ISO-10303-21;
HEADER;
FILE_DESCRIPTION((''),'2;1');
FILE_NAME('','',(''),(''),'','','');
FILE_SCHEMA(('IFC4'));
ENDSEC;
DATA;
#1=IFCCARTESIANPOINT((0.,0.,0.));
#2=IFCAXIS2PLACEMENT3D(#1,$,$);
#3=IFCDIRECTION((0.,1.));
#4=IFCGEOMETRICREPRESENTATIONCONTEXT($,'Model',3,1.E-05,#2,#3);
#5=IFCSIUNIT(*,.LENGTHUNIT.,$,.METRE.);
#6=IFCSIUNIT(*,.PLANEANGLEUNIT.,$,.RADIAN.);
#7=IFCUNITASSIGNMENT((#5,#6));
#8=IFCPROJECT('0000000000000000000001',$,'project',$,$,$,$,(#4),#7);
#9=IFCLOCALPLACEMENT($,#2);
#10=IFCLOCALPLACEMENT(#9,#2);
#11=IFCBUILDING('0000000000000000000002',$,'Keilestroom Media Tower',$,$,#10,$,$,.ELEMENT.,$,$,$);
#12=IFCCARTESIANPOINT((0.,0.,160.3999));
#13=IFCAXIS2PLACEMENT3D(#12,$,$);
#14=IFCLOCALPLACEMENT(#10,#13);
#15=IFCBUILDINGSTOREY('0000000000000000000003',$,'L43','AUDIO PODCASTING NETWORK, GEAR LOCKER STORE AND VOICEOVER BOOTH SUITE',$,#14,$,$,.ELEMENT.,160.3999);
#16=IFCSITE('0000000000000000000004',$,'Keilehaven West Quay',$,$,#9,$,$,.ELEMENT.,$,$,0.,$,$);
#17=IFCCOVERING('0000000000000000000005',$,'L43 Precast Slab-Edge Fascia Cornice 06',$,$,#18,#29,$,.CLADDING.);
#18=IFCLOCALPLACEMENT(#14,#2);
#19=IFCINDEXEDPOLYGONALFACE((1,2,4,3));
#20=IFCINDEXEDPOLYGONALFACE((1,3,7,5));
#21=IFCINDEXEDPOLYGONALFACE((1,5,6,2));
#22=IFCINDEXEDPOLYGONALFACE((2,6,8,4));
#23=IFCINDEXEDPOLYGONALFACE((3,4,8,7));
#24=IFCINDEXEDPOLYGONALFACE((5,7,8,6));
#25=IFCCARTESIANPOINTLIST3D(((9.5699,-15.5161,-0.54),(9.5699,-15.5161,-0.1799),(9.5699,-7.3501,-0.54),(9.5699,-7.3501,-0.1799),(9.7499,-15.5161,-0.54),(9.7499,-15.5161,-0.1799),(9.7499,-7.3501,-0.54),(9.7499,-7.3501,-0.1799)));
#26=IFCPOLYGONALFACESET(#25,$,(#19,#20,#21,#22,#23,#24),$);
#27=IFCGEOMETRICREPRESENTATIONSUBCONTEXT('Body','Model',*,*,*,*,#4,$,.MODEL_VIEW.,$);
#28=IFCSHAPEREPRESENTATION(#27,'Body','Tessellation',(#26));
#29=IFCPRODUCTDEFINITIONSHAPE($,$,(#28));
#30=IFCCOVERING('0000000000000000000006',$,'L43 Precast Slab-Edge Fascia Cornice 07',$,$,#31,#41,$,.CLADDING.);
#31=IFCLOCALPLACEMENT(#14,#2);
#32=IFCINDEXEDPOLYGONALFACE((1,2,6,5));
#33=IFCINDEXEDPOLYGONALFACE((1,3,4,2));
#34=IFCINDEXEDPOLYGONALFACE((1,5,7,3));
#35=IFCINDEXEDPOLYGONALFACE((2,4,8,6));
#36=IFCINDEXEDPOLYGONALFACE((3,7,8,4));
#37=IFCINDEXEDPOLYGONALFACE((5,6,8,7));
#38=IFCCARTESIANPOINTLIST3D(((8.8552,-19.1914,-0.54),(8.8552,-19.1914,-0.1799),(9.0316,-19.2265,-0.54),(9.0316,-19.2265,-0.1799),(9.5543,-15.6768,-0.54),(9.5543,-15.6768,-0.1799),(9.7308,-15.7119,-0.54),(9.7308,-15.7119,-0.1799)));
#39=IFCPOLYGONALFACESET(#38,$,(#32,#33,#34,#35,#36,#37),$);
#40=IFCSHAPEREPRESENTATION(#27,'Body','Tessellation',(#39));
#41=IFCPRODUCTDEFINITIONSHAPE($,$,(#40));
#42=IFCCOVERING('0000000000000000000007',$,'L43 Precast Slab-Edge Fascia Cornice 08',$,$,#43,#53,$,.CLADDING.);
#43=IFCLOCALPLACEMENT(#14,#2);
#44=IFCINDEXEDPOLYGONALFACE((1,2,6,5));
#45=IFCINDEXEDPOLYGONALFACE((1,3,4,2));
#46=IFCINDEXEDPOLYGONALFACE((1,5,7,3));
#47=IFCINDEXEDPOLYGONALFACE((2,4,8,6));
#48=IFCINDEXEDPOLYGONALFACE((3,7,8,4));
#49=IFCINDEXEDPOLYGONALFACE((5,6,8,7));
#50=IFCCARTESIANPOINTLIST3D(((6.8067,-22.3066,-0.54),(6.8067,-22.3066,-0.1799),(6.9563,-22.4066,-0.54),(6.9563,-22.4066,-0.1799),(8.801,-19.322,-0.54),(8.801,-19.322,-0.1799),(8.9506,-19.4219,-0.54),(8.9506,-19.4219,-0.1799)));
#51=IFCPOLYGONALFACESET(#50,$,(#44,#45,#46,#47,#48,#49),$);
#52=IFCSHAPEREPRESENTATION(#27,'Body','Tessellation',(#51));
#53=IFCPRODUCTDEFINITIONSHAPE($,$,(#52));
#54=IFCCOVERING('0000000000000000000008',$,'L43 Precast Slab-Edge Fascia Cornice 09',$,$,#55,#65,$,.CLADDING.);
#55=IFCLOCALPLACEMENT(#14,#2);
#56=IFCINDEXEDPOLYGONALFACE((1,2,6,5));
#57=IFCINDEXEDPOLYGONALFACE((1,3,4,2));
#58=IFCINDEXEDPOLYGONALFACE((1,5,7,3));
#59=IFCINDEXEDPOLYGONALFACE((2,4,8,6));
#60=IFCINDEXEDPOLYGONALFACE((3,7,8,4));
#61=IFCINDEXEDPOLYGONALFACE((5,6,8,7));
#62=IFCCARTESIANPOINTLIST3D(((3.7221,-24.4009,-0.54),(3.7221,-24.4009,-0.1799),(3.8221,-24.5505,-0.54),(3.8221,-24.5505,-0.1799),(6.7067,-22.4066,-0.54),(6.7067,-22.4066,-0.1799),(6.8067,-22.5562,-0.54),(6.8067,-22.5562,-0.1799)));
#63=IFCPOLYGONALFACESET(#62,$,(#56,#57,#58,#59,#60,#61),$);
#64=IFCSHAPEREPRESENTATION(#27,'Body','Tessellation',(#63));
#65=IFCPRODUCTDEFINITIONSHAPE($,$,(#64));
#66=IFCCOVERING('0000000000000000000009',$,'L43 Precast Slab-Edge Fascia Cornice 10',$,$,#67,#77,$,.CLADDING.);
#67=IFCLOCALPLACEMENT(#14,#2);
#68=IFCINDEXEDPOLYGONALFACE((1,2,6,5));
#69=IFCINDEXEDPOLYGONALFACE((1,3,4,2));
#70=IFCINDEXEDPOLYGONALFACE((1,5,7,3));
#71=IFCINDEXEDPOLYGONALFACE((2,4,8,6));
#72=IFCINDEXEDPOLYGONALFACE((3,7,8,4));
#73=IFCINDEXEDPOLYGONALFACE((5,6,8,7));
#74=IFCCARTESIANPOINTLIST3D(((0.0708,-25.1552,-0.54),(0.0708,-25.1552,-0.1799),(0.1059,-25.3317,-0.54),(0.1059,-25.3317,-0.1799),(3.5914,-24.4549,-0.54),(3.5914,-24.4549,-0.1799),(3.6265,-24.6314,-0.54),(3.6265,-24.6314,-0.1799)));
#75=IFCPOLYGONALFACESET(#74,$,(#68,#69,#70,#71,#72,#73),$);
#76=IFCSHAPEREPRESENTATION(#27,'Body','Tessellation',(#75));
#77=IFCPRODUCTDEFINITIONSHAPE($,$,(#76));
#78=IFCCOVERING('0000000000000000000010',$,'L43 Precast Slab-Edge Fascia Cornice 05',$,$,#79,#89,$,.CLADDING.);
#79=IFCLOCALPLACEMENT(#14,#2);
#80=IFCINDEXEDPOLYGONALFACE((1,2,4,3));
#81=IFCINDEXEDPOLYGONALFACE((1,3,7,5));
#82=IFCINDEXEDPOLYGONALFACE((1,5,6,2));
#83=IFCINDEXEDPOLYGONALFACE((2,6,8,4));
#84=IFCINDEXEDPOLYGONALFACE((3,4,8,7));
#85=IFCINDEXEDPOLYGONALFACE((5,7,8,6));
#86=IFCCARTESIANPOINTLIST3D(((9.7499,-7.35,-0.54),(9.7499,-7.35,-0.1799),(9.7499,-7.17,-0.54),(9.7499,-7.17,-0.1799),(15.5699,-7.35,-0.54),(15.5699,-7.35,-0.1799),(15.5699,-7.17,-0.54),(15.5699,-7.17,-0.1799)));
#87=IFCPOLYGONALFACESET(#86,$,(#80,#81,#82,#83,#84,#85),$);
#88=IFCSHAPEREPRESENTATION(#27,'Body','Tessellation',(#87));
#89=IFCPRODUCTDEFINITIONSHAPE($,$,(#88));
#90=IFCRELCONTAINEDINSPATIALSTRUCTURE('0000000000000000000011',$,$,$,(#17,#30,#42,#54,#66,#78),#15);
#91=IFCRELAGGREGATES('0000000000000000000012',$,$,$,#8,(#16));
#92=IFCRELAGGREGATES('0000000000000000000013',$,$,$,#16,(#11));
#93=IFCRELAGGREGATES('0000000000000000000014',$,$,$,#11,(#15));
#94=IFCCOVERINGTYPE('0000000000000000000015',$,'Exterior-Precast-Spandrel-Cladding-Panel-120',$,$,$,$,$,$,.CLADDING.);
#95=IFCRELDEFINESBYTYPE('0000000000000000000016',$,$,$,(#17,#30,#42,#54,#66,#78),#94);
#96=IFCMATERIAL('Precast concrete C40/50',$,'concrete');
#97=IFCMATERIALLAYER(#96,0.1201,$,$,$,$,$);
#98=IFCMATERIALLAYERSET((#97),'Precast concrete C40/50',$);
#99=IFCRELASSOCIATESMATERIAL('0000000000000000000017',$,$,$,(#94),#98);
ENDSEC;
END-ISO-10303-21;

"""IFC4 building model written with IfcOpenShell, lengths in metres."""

from ifc_helpers import new_model, si_unit, direction, frame, origin, origin_2d, place, context, subcontext, project, spatial, rectangle, extrude, source, transform, mapped, material, layer, layer_set, type_object, element, save


model = new_model("IFC4")

# Units and contexts
model_context = context("Model", 3, precision=1e-05, world=origin(), true_north=direction((0.0, 1.0)))
body_context = subcontext(model_context, "Body", "Model", "MODEL_VIEW")
ifc_project = project(units=[si_unit("LENGTHUNIT", "METRE"), si_unit("PLANEANGLEUNIT", "RADIAN")], contexts=[model_context])

# Site, building, storey
site_placement = place(None, origin())
site = spatial("IfcSite", under=ifc_project, at=site_placement, Name="Keilehaven West Quay", CompositionType="ELEMENT", RefElevation=0.0)
building_placement = place(site_placement, origin())
building = spatial("IfcBuilding", under=site, at=building_placement, Name="Keilestroom Media Tower", CompositionType="ELEMENT")
storey_placement = place(building_placement, frame((0.0, 0.0, 160.3999)))
storey = spatial("IfcBuildingStorey", under=building, at=storey_placement, Name="L43", Description="AUDIO PODCASTING NETWORK, GEAR LOCKER STORE AND VOICEOVER BOOTH SUITE", CompositionType="ELEMENT", Elevation=160.3999)

# Shared definitions
ifc_material_1 = material(Name="Precast concrete C40/50", Category="concrete")

# Coverings
ifc_layer_1 = layer(ifc_material_1, 0.1201)
ifc_layer_set_1 = layer_set([ifc_layer_1], Name="Precast concrete C40/50")
covering_type = type_object("IfcCoveringType", Name="Exterior-Precast-Spandrel-Cladding-Panel-120", PredefinedType="CLADDING", material=ifc_layer_set_1)
shared_shape_1 = source(origin(), body_context, "Body", "SweptSolid", [
    extrude(rectangle(XDim=8.166, YDim=0.1799, at=origin_2d()), origin(), (0.0, 0.0, 1.0), 0.3601),
])
covering_1_placement = place(storey_placement, frame((9.6599, -11.4331, -0.54), z_axis=(0.0, 0.0, 1.0), x_axis=(0.0, -1.0, 0.0)))
element("IfcCovering", 1, at=covering_1_placement, inside=storey, type_object=covering_type, Name="L43 Precast Slab-Edge Fascia Cornice 06", PredefinedType="CLADDING", context=body_context, shape_type="MappedRepresentation", body=[
    mapped(shared_shape_1, transform((0.0, 0.0, 0.0), x_axis=(1.0, 0.0, 0.0), y_axis=(0.0, 1.0, 0.0), z_axis=(0.0, 0.0, 1.0), scale=1.0)),
])
shared_shape_2 = source(origin(), body_context, "Body", "SweptSolid", [
    extrude(rectangle(XDim=3.5835, YDim=0.1799, at=origin_2d()), origin(), (0.0, 0.0, 1.0), 0.3601),
])
covering_2_placement = place(storey_placement, frame((9.293, -17.4517, -0.54), z_axis=(0.0, 0.0, 1.0), x_axis=(-0.195099, -0.980784, 0.0)))
element("IfcCovering", 2, at=covering_2_placement, inside=storey, type_object=covering_type, Name="L43 Precast Slab-Edge Fascia Cornice 07", PredefinedType="CLADDING", context=body_context, shape_type="MappedRepresentation", body=[
    mapped(shared_shape_2, transform((0.0, 0.0, 0.0), x_axis=(1.0, 0.0, 0.0), y_axis=(0.0, 1.0, 0.0), z_axis=(0.0, 0.0, 1.0), scale=1.0)),
])
shared_shape_3 = source(origin(), body_context, "Body", "SweptSolid", [
    extrude(rectangle(XDim=3.5896, YDim=0.1799, at=origin_2d()), origin(), (0.0, 0.0, 1.0), 0.3601),
])
for number, where, z_axis, x_axis, name in (
    (3, (7.8787, -20.8643, -0.54), (0.0, 0.0, 1.0), (-0.555575, -0.831467, 0.0), "L43 Precast Slab-Edge Fascia Cornice 08"),
    (4, (5.2644, -23.4785, -0.54), (0.0, 0.0, 1.0), (-0.831467, -0.555575, 0.0), "L43 Precast Slab-Edge Fascia Cornice 09"),
    (5, (1.8486, -24.8933, -0.54), (0.0, 0.0, 1.0), (-0.980784, -0.195099, 0.0), "L43 Precast Slab-Edge Fascia Cornice 10"),
):
    element("IfcCovering", number, at=place(storey_placement, frame(where, z_axis=z_axis, x_axis=x_axis)), inside=storey, type_object=covering_type, Name=name, PredefinedType="CLADDING", context=body_context, shape_type="MappedRepresentation", body=[
        mapped(shared_shape_3, transform((0.0, 0.0, 0.0), x_axis=(1.0, 0.0, 0.0), y_axis=(0.0, 1.0, 0.0), z_axis=(0.0, 0.0, 1.0), scale=1.0)),
    ])
shared_shape_4 = source(origin(), body_context, "Body", "SweptSolid", [
    extrude(rectangle(XDim=5.8201, YDim=0.1799, at=origin_2d()), origin(), (0.0, 0.0, 1.0), 0.3601),
])
covering_3_placement = place(storey_placement, frame((12.6599, -7.26, -0.54), z_axis=(0.0, 0.0, 1.0), x_axis=(-1.0, 0.0, 0.0)))
element("IfcCovering", 6, at=covering_3_placement, inside=storey, type_object=covering_type, Name="L43 Precast Slab-Edge Fascia Cornice 05", PredefinedType="CLADDING", context=body_context, shape_type="MappedRepresentation", body=[
    mapped(shared_shape_4, transform((0.0, 0.0, 0.0), x_axis=(1.0, 0.0, 0.0), y_axis=(0.0, 1.0, 0.0), z_axis=(0.0, 0.0, 1.0), scale=1.0)),
])

save(model, "model.ifc")
